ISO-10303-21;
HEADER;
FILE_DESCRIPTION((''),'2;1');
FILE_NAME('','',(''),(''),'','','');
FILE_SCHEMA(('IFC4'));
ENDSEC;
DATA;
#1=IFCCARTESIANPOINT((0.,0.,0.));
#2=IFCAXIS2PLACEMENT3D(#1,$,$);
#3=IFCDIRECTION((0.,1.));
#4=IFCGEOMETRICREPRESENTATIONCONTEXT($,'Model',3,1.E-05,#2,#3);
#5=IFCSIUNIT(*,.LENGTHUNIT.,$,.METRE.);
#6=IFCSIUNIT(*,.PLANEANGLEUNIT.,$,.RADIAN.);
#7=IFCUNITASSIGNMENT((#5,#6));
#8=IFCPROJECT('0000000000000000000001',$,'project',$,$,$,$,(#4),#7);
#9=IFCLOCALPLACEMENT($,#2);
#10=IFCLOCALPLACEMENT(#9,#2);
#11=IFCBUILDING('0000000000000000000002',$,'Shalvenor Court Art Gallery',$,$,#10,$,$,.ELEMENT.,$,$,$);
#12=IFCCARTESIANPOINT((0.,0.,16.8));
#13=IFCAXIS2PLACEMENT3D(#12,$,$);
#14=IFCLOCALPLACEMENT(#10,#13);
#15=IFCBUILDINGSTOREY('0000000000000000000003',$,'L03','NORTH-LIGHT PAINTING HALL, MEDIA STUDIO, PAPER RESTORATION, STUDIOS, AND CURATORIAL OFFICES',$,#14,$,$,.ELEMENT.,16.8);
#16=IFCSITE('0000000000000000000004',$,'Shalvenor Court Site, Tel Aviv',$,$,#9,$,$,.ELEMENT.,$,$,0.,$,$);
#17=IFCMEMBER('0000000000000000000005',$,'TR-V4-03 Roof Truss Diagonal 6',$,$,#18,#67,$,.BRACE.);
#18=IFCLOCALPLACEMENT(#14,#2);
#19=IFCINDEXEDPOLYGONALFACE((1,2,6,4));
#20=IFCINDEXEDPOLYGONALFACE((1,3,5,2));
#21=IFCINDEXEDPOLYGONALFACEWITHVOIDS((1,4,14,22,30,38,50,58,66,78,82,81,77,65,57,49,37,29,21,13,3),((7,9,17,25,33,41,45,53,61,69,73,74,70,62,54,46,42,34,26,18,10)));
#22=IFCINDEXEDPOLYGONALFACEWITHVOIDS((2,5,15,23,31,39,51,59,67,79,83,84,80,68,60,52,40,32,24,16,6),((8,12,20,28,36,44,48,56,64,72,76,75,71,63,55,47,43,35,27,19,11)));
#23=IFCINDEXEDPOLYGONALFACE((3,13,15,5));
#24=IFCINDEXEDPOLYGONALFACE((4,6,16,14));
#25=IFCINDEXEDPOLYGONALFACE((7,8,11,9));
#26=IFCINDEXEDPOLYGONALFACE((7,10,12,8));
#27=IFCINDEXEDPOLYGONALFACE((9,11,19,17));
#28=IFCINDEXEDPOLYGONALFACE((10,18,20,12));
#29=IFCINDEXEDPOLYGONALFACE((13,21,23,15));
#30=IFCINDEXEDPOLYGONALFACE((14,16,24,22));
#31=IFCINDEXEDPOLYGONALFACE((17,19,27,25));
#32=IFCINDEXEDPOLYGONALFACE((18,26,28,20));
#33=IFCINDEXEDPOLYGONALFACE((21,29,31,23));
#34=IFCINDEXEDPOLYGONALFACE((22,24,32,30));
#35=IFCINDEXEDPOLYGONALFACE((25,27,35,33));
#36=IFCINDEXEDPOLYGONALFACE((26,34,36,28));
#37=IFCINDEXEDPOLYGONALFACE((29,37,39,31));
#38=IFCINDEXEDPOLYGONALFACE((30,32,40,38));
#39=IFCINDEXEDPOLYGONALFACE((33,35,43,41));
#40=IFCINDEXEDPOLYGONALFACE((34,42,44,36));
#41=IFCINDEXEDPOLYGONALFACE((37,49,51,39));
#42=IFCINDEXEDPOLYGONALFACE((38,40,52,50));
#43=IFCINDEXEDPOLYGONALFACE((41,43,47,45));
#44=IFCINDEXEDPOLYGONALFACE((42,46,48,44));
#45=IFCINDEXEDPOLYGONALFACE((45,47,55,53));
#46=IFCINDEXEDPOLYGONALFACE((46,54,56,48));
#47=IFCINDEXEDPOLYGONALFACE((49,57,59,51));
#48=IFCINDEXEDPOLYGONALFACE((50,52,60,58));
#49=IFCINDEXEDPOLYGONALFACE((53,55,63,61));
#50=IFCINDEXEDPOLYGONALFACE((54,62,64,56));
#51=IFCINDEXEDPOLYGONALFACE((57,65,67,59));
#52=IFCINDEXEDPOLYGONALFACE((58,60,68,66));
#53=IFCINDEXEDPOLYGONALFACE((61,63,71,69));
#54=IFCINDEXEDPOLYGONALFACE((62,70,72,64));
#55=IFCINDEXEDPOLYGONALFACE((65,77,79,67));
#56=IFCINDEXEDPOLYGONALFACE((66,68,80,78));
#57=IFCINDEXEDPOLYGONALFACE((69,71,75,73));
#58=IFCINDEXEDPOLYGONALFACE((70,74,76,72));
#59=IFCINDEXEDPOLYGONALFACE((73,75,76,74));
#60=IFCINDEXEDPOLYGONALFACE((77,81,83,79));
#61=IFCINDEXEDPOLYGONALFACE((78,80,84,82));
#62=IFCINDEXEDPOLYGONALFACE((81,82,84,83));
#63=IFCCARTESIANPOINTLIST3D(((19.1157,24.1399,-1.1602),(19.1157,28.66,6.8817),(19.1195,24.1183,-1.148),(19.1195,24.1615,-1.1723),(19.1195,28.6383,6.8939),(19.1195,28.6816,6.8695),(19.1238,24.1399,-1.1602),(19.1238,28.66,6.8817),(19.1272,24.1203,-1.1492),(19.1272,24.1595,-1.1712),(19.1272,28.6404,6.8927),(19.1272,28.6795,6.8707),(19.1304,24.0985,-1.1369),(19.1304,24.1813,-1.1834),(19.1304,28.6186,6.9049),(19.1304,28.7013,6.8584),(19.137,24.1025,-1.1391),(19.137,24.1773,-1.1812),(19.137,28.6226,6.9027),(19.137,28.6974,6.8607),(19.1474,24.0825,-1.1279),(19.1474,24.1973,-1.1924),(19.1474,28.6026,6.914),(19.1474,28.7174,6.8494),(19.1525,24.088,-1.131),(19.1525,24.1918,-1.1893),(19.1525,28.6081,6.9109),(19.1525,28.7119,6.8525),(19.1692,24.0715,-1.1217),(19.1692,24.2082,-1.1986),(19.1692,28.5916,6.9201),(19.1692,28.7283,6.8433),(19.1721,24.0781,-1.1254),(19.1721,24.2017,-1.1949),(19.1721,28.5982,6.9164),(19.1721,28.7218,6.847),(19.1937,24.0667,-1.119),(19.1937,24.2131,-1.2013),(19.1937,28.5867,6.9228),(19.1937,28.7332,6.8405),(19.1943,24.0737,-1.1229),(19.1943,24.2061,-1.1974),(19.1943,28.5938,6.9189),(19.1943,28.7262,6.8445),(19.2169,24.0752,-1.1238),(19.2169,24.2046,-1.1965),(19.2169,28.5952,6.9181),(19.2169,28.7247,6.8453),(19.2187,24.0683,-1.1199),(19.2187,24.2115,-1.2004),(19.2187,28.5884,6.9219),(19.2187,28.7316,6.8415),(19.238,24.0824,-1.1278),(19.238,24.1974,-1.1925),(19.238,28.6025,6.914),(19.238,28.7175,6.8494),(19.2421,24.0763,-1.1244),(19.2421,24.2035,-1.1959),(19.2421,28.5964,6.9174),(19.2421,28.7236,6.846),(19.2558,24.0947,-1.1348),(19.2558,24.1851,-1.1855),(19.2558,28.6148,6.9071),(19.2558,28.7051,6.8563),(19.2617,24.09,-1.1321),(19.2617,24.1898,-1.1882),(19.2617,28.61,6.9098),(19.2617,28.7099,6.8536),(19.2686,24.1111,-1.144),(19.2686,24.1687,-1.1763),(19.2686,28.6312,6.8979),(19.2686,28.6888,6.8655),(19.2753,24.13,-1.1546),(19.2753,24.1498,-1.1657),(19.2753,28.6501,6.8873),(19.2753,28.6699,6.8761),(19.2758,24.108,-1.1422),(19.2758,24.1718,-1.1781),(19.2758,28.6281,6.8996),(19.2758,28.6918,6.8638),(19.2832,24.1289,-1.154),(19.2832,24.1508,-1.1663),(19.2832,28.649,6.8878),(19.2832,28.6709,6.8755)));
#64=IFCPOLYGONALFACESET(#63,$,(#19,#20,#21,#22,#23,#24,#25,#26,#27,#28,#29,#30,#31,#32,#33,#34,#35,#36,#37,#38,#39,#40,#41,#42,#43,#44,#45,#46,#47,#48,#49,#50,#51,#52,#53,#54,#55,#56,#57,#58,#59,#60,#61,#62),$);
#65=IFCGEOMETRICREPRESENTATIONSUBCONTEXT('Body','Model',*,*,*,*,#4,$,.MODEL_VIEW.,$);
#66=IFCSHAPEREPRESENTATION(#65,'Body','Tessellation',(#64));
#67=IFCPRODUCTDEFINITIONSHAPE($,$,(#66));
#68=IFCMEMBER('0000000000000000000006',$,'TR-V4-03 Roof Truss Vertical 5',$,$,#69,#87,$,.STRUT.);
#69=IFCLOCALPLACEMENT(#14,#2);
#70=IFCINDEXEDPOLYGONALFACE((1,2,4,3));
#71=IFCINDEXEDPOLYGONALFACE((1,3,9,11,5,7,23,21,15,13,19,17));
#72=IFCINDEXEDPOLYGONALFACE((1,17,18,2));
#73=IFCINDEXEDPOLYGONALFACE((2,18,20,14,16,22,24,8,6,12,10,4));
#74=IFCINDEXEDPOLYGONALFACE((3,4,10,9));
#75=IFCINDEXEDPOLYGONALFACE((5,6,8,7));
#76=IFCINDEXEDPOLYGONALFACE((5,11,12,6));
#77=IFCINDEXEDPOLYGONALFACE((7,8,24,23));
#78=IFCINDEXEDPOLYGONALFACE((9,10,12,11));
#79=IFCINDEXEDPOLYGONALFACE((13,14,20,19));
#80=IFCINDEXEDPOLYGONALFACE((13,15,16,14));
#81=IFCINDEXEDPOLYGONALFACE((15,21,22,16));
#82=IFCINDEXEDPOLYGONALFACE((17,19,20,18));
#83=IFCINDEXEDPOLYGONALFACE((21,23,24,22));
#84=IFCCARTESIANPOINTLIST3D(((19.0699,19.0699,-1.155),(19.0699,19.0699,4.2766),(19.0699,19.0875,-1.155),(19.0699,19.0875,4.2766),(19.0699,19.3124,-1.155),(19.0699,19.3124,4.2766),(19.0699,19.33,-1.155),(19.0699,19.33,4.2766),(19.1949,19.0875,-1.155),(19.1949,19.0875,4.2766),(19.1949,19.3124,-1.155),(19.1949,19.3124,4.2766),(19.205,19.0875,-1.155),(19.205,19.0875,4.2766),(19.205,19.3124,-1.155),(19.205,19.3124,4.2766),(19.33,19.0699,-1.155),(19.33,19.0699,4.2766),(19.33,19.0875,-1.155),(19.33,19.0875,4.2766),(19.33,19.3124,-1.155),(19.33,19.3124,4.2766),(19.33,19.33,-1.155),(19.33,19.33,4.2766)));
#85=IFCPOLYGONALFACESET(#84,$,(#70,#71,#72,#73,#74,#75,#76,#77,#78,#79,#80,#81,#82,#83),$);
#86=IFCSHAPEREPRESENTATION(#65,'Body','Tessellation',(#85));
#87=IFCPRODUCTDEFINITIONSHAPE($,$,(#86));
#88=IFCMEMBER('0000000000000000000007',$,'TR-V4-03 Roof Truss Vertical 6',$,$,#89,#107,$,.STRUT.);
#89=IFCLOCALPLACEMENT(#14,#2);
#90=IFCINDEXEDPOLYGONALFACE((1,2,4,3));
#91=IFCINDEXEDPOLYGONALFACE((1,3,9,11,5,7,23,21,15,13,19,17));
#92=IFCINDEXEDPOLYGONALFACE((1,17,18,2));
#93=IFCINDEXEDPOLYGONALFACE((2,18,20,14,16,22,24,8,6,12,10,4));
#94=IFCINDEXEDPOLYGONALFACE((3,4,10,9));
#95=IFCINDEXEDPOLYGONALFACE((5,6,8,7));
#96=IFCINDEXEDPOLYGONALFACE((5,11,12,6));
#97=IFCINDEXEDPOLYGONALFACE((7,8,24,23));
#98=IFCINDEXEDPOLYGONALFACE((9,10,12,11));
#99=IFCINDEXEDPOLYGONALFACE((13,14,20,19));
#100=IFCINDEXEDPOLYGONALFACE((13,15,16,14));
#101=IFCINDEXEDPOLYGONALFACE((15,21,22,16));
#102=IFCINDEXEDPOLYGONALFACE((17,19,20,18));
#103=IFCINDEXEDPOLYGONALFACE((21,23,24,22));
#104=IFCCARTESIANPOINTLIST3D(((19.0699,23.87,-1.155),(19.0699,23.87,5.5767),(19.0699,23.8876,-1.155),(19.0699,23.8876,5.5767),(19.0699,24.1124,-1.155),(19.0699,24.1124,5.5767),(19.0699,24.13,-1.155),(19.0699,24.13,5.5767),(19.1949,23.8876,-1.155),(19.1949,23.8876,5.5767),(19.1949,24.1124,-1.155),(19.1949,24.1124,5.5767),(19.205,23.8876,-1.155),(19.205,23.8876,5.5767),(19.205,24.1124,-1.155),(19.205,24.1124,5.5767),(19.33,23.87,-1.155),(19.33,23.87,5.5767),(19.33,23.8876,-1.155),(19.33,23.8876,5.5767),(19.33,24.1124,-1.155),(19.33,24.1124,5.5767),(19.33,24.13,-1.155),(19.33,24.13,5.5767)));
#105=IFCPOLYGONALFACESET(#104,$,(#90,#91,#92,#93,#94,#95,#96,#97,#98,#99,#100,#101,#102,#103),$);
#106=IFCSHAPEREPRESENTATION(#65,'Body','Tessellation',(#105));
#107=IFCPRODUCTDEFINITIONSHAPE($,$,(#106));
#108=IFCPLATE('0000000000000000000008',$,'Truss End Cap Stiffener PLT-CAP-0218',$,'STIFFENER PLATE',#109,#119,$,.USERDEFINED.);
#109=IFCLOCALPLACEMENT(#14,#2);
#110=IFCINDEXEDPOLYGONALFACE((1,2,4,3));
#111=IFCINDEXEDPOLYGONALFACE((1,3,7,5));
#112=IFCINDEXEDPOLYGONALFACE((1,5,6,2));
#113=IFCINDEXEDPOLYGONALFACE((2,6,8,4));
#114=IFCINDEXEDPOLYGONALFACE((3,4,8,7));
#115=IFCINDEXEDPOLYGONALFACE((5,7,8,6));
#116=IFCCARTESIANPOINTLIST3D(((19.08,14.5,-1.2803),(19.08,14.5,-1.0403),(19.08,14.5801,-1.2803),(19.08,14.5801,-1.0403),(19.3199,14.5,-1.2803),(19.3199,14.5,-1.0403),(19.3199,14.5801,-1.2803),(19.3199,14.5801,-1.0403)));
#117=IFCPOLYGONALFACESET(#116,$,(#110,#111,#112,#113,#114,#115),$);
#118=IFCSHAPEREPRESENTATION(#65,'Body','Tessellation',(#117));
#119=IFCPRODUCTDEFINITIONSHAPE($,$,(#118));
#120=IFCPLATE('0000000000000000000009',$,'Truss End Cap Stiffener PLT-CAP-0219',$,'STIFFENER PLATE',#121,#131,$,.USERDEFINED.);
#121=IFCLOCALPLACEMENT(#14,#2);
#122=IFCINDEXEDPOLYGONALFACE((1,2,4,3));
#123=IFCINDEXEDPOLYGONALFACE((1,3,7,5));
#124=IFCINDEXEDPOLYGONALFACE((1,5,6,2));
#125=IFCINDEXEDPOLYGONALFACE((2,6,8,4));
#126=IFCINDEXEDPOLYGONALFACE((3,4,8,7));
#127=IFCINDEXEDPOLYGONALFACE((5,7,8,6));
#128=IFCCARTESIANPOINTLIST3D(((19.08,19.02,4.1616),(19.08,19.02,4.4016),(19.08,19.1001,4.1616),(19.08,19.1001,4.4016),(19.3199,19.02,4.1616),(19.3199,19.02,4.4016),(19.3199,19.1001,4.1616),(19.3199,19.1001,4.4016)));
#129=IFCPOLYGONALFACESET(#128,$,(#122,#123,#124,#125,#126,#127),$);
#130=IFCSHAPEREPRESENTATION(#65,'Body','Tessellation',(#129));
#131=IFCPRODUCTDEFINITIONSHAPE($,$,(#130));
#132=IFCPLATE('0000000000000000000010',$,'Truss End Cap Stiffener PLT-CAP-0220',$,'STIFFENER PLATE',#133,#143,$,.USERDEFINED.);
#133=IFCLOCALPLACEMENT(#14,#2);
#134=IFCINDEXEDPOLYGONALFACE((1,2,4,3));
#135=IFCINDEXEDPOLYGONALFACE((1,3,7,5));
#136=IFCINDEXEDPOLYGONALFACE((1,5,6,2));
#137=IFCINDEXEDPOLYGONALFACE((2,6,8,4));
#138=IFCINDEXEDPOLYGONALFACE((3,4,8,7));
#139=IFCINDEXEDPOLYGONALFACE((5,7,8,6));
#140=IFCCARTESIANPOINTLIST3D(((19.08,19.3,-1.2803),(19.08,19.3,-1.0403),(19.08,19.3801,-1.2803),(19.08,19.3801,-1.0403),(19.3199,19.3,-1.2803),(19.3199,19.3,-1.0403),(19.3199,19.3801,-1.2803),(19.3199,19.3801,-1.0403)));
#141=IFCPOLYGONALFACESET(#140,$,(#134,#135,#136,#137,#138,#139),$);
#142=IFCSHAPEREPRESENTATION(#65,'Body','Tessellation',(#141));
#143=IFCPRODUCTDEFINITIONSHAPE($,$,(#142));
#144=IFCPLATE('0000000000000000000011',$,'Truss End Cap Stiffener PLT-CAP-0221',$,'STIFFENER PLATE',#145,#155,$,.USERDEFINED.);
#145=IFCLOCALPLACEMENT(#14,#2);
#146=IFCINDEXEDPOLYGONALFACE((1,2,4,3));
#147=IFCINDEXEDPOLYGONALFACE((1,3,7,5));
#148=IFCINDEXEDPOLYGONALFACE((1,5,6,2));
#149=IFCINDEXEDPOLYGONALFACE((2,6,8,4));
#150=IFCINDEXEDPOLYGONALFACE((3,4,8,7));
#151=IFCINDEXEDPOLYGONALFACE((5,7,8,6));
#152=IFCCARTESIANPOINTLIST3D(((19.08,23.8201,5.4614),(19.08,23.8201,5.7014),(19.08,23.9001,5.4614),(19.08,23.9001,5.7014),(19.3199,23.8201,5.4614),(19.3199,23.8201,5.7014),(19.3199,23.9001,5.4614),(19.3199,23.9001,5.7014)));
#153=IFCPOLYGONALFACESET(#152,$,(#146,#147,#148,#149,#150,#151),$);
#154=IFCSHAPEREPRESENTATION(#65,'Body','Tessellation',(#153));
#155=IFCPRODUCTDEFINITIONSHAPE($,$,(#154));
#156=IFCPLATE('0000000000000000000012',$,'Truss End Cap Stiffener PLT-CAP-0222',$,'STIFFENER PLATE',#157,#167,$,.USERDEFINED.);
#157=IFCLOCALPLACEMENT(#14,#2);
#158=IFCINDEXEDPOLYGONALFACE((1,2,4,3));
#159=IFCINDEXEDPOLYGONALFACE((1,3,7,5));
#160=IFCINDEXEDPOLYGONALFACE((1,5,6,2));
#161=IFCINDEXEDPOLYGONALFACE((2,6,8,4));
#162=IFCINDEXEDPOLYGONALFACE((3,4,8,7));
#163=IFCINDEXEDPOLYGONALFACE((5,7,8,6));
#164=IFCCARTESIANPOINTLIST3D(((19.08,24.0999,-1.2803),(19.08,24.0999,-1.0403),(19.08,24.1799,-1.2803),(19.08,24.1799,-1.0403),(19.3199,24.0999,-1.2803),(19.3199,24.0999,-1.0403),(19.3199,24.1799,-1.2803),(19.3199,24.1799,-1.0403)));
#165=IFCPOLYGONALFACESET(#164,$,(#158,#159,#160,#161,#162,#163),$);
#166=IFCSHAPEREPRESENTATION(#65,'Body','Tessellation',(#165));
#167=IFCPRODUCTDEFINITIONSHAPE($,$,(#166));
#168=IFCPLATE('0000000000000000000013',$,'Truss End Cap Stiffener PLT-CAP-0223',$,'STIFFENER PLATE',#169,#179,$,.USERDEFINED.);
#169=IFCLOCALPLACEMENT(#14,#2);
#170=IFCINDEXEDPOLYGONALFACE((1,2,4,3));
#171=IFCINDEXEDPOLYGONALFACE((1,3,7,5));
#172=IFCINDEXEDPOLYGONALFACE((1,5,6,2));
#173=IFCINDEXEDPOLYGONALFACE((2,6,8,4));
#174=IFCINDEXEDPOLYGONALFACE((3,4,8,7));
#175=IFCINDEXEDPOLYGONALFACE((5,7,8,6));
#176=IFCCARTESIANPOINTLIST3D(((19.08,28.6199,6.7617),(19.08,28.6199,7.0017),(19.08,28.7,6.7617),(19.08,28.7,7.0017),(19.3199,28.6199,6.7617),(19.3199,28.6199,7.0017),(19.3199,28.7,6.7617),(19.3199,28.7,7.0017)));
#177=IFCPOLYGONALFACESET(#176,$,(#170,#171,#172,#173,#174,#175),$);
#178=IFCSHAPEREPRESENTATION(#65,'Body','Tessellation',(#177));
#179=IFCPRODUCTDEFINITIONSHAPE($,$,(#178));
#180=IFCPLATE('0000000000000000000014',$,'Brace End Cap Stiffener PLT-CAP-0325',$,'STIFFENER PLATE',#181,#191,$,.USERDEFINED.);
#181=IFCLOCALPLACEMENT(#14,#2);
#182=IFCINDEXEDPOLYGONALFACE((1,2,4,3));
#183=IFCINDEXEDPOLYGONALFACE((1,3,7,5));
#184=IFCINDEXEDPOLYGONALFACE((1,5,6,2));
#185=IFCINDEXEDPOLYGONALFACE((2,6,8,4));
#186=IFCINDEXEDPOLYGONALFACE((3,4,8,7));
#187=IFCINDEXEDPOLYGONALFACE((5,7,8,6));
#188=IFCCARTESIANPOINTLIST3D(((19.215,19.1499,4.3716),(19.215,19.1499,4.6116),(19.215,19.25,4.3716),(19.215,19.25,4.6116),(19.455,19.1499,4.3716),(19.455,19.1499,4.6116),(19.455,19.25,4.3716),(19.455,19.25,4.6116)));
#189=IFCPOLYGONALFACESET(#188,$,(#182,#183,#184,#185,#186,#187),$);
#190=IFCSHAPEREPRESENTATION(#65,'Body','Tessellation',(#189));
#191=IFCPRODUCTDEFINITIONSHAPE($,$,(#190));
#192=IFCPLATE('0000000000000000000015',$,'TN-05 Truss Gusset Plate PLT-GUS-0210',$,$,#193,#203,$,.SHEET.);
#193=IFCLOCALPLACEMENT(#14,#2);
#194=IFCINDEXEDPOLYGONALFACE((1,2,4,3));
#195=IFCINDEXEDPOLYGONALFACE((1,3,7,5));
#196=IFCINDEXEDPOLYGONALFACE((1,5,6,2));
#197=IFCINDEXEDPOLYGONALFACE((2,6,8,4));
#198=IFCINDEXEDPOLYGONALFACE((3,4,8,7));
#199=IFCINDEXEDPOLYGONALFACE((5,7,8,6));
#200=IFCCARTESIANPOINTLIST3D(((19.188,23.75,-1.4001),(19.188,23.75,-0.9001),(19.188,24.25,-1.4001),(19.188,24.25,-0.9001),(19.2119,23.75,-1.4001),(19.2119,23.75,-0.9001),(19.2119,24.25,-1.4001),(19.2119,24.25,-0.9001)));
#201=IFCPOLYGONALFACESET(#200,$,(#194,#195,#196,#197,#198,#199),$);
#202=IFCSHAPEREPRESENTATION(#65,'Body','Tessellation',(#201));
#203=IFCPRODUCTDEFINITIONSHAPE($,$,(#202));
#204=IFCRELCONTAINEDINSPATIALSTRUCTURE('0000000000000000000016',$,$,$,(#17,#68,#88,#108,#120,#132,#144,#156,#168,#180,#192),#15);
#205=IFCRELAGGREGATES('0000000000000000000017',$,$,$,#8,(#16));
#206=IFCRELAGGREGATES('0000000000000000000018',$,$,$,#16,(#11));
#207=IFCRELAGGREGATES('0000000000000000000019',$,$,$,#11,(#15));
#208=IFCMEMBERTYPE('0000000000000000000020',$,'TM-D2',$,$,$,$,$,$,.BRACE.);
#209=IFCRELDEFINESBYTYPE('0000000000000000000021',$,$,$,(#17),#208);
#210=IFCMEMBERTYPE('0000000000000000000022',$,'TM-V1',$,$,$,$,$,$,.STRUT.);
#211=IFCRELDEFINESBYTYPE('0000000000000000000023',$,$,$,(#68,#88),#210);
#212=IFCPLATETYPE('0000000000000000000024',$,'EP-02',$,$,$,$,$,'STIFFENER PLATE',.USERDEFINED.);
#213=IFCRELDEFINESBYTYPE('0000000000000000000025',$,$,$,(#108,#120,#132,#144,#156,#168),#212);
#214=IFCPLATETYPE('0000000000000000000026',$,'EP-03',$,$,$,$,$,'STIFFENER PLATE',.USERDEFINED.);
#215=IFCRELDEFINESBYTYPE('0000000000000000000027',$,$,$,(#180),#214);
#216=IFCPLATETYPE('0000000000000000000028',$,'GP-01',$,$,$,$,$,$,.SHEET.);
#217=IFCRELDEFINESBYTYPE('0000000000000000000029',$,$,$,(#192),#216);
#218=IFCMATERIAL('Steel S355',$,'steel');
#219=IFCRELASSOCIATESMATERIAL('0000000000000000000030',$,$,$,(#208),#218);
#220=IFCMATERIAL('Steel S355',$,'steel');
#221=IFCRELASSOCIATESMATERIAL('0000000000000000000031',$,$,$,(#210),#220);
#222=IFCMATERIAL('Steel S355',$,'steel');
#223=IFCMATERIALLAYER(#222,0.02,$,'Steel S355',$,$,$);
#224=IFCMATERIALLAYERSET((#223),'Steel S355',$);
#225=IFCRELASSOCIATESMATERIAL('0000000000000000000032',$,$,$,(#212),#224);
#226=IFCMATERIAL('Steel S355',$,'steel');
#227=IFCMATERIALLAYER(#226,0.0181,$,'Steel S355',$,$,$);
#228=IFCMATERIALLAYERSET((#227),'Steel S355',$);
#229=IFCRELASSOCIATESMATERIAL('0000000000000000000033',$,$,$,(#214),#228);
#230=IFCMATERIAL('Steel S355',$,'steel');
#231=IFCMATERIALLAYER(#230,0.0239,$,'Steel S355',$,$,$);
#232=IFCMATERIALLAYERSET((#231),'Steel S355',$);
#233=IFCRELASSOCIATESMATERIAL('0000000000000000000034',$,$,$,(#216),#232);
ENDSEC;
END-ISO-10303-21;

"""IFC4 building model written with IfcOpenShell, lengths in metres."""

from ifc_helpers import new_model, si_unit, direction, frame, origin, origin_2d, place, context, subcontext, project, spatial, rectangle, hollow_circle, i_section, extrude, material, layer, layer_set, material_profile, profile_set, type_object, element, save


model = new_model("IFC4")

# Units and contexts
model_context = context("Model", 3, precision=1e-05, world=origin(), true_north=direction((0.0, 1.0)))
body_context = subcontext(model_context, "Body", "Model", "MODEL_VIEW")
ifc_project = project(units=[si_unit("LENGTHUNIT", "METRE"), si_unit("PLANEANGLEUNIT", "RADIAN")], contexts=[model_context])

# Site, building, storey
site_placement = place(None, origin())
site = spatial("IfcSite", under=ifc_project, at=site_placement, Name="Shalvenor Court Site, Tel Aviv", CompositionType="ELEMENT", RefElevation=0.0)
building_placement = place(site_placement, origin())
building = spatial("IfcBuilding", under=site, at=building_placement, Name="Shalvenor Court Art Gallery", CompositionType="ELEMENT")
storey_placement = place(building_placement, frame((0.0, 0.0, 16.8)))
storey = spatial("IfcBuildingStorey", under=building, at=storey_placement, Name="L03", Description="NORTH-LIGHT PAINTING HALL, MEDIA STUDIO, PAPER RESTORATION, STUDIOS, AND CURATORIAL OFFICES", CompositionType="ELEMENT", Elevation=16.8)

# Members
ifc_material_1 = material(Name="Steel S355", Category="steel")
ifc_material_profile_1 = material_profile(ifc_material_1, hollow_circle(Radius=0.0842, WallThickness=0.0081, at=origin_2d()), Name="CHS 168.3x8.0")
ifc_profile_set_1 = profile_set([ifc_material_profile_1], Name="Steel S355")
member_type_1 = type_object("IfcMemberType", Name="TM-D2", PredefinedType="BRACE", material=ifc_profile_set_1)
member_1_placement = place(storey_placement, frame((19.2, 24.1399, -1.1602), z_axis=(0.0, 0.489976, 0.871736), x_axis=(-1.0, 0.0, 0.0)))
element("IfcMember", 1, at=member_1_placement, inside=storey, type_object=member_type_1, Name="TR-V4-03 Roof Truss Diagonal 6", PredefinedType="BRACE", context=body_context, shape_type="SweptSolid", body=[
    extrude(hollow_circle(Radius=0.0842, WallThickness=0.0081, at=origin_2d()), origin(), (0.0, 0.0, 1.0), 9.2251),
])
ifc_material_2 = material(Name="Steel S355", Category="steel")
ifc_material_profile_2 = material_profile(ifc_material_2, i_section(OverallWidth=0.26, OverallDepth=0.26, WebThickness=0.01, FlangeThickness=0.0176, at=origin_2d()), Name="HEB 260")
ifc_profile_set_2 = profile_set([ifc_material_profile_2], Name="Steel S355")
member_type_2 = type_object("IfcMemberType", Name="TM-V1", PredefinedType="STRUT", material=ifc_profile_set_2)
member_2_placement = place(storey_placement, frame((19.2, 19.2, -1.155), z_axis=(0.0, 0.0, 1.0), x_axis=(1.0, 0.0, 0.0)))
element("IfcMember", 2, at=member_2_placement, inside=storey, type_object=member_type_2, Name="TR-V4-03 Roof Truss Vertical 5", PredefinedType="STRUT", context=body_context, shape_type="SweptSolid", body=[
    extrude(i_section(OverallWidth=0.26, OverallDepth=0.26, WebThickness=0.01, FlangeThickness=0.0176, at=origin_2d()), origin(), (0.0, 0.0, 1.0), 5.4316),
])
member_3_placement = place(storey_placement, frame((19.2, 24.0, -1.155), z_axis=(0.0, 0.0, 1.0), x_axis=(1.0, 0.0, 0.0)))
element("IfcMember", 3, at=member_3_placement, inside=storey, type_object=member_type_2, Name="TR-V4-03 Roof Truss Vertical 6", PredefinedType="STRUT", context=body_context, shape_type="SweptSolid", body=[
    extrude(i_section(OverallWidth=0.26, OverallDepth=0.26, WebThickness=0.01, FlangeThickness=0.0176, at=origin_2d()), origin(), (0.0, 0.0, 1.0), 6.7317),
])

# Plates
ifc_material_3 = material(Name="Steel S355", Category="steel")
ifc_layer_1 = layer(ifc_material_3, 0.02, Name="Steel S355")
ifc_layer_set_1 = layer_set([ifc_layer_1], Name="Steel S355")
plate_type_1 = type_object("IfcPlateType", Name="EP-02", ElementType="STIFFENER PLATE", PredefinedType="USERDEFINED", material=ifc_layer_set_1)
for number, where, z_axis, x_axis, name in (
    (4, (19.2, 14.54, -1.2803), (0.0, 0.0, 1.0), (1.0, 0.0, 0.0), "Truss End Cap Stiffener PLT-CAP-0218"),
    (5, (19.2, 19.0601, 4.1616), (0.0, 0.0, 1.0), (1.0, 0.0, 0.0), "Truss End Cap Stiffener PLT-CAP-0219"),
    (6, (19.2, 19.3401, -1.2803), (0.0, 0.0, 1.0), (1.0, 0.0, 0.0), "Truss End Cap Stiffener PLT-CAP-0220"),
    (7, (19.2, 23.8601, 5.4614), (0.0, 0.0, 1.0), (1.0, 0.0, 0.0), "Truss End Cap Stiffener PLT-CAP-0221"),
    (8, (19.2, 24.1399, -1.2803), (0.0, 0.0, 1.0), (1.0, 0.0, 0.0), "Truss End Cap Stiffener PLT-CAP-0222"),
    (9, (19.2, 28.6599, 6.7617), (0.0, 0.0, 1.0), (1.0, 0.0, 0.0), "Truss End Cap Stiffener PLT-CAP-0223"),
):
    element("IfcPlate", number, at=place(storey_placement, frame(where, z_axis=z_axis, x_axis=x_axis)), inside=storey, type_object=plate_type_1, Name=name, ObjectType="STIFFENER PLATE", PredefinedType="USERDEFINED", context=body_context, shape_type="SweptSolid", body=[
        extrude(rectangle(XDim=0.24, YDim=0.0801, at=origin_2d()), origin(), (0.0, 0.0, 1.0), 0.24),
    ])
ifc_material_4 = material(Name="Steel S355", Category="steel")
ifc_layer_2 = layer(ifc_material_4, 0.0181, Name="Steel S355")
ifc_layer_set_2 = layer_set([ifc_layer_2], Name="Steel S355")
plate_type_2 = type_object("IfcPlateType", Name="EP-03", ElementType="STIFFENER PLATE", PredefinedType="USERDEFINED", material=ifc_layer_set_2)
plate_1_placement = place(storey_placement, frame((19.335, 19.2, 4.3716), z_axis=(0.0, 0.0, 1.0), x_axis=(1.0, 0.0, 0.0)))
element("IfcPlate", 10, at=plate_1_placement, inside=storey, type_object=plate_type_2, Name="Brace End Cap Stiffener PLT-CAP-0325", ObjectType="STIFFENER PLATE", PredefinedType="USERDEFINED", context=body_context, shape_type="SweptSolid", body=[
    extrude(rectangle(XDim=0.24, YDim=0.1001, at=origin_2d()), origin(), (0.0, 0.0, 1.0), 0.24),
])
ifc_material_5 = material(Name="Steel S355", Category="steel")
ifc_layer_3 = layer(ifc_material_5, 0.0239, Name="Steel S355")
ifc_layer_set_3 = layer_set([ifc_layer_3], Name="Steel S355")
plate_type_3 = type_object("IfcPlateType", Name="GP-01", PredefinedType="SHEET", material=ifc_layer_set_3)
plate_2_placement = place(storey_placement, frame((19.2, 24.0, -1.4001), z_axis=(0.0, 0.0, 1.0), x_axis=(0.0, 1.0, 0.0)))
element("IfcPlate", 11, at=plate_2_placement, inside=storey, type_object=plate_type_3, Name="TN-05 Truss Gusset Plate PLT-GUS-0210", PredefinedType="SHEET", context=body_context, shape_type="SweptSolid", body=[
    extrude(rectangle(XDim=0.5, YDim=0.0239, at=origin_2d()), origin(), (0.0, 0.0, 1.0), 0.5),
])

save(model, "model.ifc")
